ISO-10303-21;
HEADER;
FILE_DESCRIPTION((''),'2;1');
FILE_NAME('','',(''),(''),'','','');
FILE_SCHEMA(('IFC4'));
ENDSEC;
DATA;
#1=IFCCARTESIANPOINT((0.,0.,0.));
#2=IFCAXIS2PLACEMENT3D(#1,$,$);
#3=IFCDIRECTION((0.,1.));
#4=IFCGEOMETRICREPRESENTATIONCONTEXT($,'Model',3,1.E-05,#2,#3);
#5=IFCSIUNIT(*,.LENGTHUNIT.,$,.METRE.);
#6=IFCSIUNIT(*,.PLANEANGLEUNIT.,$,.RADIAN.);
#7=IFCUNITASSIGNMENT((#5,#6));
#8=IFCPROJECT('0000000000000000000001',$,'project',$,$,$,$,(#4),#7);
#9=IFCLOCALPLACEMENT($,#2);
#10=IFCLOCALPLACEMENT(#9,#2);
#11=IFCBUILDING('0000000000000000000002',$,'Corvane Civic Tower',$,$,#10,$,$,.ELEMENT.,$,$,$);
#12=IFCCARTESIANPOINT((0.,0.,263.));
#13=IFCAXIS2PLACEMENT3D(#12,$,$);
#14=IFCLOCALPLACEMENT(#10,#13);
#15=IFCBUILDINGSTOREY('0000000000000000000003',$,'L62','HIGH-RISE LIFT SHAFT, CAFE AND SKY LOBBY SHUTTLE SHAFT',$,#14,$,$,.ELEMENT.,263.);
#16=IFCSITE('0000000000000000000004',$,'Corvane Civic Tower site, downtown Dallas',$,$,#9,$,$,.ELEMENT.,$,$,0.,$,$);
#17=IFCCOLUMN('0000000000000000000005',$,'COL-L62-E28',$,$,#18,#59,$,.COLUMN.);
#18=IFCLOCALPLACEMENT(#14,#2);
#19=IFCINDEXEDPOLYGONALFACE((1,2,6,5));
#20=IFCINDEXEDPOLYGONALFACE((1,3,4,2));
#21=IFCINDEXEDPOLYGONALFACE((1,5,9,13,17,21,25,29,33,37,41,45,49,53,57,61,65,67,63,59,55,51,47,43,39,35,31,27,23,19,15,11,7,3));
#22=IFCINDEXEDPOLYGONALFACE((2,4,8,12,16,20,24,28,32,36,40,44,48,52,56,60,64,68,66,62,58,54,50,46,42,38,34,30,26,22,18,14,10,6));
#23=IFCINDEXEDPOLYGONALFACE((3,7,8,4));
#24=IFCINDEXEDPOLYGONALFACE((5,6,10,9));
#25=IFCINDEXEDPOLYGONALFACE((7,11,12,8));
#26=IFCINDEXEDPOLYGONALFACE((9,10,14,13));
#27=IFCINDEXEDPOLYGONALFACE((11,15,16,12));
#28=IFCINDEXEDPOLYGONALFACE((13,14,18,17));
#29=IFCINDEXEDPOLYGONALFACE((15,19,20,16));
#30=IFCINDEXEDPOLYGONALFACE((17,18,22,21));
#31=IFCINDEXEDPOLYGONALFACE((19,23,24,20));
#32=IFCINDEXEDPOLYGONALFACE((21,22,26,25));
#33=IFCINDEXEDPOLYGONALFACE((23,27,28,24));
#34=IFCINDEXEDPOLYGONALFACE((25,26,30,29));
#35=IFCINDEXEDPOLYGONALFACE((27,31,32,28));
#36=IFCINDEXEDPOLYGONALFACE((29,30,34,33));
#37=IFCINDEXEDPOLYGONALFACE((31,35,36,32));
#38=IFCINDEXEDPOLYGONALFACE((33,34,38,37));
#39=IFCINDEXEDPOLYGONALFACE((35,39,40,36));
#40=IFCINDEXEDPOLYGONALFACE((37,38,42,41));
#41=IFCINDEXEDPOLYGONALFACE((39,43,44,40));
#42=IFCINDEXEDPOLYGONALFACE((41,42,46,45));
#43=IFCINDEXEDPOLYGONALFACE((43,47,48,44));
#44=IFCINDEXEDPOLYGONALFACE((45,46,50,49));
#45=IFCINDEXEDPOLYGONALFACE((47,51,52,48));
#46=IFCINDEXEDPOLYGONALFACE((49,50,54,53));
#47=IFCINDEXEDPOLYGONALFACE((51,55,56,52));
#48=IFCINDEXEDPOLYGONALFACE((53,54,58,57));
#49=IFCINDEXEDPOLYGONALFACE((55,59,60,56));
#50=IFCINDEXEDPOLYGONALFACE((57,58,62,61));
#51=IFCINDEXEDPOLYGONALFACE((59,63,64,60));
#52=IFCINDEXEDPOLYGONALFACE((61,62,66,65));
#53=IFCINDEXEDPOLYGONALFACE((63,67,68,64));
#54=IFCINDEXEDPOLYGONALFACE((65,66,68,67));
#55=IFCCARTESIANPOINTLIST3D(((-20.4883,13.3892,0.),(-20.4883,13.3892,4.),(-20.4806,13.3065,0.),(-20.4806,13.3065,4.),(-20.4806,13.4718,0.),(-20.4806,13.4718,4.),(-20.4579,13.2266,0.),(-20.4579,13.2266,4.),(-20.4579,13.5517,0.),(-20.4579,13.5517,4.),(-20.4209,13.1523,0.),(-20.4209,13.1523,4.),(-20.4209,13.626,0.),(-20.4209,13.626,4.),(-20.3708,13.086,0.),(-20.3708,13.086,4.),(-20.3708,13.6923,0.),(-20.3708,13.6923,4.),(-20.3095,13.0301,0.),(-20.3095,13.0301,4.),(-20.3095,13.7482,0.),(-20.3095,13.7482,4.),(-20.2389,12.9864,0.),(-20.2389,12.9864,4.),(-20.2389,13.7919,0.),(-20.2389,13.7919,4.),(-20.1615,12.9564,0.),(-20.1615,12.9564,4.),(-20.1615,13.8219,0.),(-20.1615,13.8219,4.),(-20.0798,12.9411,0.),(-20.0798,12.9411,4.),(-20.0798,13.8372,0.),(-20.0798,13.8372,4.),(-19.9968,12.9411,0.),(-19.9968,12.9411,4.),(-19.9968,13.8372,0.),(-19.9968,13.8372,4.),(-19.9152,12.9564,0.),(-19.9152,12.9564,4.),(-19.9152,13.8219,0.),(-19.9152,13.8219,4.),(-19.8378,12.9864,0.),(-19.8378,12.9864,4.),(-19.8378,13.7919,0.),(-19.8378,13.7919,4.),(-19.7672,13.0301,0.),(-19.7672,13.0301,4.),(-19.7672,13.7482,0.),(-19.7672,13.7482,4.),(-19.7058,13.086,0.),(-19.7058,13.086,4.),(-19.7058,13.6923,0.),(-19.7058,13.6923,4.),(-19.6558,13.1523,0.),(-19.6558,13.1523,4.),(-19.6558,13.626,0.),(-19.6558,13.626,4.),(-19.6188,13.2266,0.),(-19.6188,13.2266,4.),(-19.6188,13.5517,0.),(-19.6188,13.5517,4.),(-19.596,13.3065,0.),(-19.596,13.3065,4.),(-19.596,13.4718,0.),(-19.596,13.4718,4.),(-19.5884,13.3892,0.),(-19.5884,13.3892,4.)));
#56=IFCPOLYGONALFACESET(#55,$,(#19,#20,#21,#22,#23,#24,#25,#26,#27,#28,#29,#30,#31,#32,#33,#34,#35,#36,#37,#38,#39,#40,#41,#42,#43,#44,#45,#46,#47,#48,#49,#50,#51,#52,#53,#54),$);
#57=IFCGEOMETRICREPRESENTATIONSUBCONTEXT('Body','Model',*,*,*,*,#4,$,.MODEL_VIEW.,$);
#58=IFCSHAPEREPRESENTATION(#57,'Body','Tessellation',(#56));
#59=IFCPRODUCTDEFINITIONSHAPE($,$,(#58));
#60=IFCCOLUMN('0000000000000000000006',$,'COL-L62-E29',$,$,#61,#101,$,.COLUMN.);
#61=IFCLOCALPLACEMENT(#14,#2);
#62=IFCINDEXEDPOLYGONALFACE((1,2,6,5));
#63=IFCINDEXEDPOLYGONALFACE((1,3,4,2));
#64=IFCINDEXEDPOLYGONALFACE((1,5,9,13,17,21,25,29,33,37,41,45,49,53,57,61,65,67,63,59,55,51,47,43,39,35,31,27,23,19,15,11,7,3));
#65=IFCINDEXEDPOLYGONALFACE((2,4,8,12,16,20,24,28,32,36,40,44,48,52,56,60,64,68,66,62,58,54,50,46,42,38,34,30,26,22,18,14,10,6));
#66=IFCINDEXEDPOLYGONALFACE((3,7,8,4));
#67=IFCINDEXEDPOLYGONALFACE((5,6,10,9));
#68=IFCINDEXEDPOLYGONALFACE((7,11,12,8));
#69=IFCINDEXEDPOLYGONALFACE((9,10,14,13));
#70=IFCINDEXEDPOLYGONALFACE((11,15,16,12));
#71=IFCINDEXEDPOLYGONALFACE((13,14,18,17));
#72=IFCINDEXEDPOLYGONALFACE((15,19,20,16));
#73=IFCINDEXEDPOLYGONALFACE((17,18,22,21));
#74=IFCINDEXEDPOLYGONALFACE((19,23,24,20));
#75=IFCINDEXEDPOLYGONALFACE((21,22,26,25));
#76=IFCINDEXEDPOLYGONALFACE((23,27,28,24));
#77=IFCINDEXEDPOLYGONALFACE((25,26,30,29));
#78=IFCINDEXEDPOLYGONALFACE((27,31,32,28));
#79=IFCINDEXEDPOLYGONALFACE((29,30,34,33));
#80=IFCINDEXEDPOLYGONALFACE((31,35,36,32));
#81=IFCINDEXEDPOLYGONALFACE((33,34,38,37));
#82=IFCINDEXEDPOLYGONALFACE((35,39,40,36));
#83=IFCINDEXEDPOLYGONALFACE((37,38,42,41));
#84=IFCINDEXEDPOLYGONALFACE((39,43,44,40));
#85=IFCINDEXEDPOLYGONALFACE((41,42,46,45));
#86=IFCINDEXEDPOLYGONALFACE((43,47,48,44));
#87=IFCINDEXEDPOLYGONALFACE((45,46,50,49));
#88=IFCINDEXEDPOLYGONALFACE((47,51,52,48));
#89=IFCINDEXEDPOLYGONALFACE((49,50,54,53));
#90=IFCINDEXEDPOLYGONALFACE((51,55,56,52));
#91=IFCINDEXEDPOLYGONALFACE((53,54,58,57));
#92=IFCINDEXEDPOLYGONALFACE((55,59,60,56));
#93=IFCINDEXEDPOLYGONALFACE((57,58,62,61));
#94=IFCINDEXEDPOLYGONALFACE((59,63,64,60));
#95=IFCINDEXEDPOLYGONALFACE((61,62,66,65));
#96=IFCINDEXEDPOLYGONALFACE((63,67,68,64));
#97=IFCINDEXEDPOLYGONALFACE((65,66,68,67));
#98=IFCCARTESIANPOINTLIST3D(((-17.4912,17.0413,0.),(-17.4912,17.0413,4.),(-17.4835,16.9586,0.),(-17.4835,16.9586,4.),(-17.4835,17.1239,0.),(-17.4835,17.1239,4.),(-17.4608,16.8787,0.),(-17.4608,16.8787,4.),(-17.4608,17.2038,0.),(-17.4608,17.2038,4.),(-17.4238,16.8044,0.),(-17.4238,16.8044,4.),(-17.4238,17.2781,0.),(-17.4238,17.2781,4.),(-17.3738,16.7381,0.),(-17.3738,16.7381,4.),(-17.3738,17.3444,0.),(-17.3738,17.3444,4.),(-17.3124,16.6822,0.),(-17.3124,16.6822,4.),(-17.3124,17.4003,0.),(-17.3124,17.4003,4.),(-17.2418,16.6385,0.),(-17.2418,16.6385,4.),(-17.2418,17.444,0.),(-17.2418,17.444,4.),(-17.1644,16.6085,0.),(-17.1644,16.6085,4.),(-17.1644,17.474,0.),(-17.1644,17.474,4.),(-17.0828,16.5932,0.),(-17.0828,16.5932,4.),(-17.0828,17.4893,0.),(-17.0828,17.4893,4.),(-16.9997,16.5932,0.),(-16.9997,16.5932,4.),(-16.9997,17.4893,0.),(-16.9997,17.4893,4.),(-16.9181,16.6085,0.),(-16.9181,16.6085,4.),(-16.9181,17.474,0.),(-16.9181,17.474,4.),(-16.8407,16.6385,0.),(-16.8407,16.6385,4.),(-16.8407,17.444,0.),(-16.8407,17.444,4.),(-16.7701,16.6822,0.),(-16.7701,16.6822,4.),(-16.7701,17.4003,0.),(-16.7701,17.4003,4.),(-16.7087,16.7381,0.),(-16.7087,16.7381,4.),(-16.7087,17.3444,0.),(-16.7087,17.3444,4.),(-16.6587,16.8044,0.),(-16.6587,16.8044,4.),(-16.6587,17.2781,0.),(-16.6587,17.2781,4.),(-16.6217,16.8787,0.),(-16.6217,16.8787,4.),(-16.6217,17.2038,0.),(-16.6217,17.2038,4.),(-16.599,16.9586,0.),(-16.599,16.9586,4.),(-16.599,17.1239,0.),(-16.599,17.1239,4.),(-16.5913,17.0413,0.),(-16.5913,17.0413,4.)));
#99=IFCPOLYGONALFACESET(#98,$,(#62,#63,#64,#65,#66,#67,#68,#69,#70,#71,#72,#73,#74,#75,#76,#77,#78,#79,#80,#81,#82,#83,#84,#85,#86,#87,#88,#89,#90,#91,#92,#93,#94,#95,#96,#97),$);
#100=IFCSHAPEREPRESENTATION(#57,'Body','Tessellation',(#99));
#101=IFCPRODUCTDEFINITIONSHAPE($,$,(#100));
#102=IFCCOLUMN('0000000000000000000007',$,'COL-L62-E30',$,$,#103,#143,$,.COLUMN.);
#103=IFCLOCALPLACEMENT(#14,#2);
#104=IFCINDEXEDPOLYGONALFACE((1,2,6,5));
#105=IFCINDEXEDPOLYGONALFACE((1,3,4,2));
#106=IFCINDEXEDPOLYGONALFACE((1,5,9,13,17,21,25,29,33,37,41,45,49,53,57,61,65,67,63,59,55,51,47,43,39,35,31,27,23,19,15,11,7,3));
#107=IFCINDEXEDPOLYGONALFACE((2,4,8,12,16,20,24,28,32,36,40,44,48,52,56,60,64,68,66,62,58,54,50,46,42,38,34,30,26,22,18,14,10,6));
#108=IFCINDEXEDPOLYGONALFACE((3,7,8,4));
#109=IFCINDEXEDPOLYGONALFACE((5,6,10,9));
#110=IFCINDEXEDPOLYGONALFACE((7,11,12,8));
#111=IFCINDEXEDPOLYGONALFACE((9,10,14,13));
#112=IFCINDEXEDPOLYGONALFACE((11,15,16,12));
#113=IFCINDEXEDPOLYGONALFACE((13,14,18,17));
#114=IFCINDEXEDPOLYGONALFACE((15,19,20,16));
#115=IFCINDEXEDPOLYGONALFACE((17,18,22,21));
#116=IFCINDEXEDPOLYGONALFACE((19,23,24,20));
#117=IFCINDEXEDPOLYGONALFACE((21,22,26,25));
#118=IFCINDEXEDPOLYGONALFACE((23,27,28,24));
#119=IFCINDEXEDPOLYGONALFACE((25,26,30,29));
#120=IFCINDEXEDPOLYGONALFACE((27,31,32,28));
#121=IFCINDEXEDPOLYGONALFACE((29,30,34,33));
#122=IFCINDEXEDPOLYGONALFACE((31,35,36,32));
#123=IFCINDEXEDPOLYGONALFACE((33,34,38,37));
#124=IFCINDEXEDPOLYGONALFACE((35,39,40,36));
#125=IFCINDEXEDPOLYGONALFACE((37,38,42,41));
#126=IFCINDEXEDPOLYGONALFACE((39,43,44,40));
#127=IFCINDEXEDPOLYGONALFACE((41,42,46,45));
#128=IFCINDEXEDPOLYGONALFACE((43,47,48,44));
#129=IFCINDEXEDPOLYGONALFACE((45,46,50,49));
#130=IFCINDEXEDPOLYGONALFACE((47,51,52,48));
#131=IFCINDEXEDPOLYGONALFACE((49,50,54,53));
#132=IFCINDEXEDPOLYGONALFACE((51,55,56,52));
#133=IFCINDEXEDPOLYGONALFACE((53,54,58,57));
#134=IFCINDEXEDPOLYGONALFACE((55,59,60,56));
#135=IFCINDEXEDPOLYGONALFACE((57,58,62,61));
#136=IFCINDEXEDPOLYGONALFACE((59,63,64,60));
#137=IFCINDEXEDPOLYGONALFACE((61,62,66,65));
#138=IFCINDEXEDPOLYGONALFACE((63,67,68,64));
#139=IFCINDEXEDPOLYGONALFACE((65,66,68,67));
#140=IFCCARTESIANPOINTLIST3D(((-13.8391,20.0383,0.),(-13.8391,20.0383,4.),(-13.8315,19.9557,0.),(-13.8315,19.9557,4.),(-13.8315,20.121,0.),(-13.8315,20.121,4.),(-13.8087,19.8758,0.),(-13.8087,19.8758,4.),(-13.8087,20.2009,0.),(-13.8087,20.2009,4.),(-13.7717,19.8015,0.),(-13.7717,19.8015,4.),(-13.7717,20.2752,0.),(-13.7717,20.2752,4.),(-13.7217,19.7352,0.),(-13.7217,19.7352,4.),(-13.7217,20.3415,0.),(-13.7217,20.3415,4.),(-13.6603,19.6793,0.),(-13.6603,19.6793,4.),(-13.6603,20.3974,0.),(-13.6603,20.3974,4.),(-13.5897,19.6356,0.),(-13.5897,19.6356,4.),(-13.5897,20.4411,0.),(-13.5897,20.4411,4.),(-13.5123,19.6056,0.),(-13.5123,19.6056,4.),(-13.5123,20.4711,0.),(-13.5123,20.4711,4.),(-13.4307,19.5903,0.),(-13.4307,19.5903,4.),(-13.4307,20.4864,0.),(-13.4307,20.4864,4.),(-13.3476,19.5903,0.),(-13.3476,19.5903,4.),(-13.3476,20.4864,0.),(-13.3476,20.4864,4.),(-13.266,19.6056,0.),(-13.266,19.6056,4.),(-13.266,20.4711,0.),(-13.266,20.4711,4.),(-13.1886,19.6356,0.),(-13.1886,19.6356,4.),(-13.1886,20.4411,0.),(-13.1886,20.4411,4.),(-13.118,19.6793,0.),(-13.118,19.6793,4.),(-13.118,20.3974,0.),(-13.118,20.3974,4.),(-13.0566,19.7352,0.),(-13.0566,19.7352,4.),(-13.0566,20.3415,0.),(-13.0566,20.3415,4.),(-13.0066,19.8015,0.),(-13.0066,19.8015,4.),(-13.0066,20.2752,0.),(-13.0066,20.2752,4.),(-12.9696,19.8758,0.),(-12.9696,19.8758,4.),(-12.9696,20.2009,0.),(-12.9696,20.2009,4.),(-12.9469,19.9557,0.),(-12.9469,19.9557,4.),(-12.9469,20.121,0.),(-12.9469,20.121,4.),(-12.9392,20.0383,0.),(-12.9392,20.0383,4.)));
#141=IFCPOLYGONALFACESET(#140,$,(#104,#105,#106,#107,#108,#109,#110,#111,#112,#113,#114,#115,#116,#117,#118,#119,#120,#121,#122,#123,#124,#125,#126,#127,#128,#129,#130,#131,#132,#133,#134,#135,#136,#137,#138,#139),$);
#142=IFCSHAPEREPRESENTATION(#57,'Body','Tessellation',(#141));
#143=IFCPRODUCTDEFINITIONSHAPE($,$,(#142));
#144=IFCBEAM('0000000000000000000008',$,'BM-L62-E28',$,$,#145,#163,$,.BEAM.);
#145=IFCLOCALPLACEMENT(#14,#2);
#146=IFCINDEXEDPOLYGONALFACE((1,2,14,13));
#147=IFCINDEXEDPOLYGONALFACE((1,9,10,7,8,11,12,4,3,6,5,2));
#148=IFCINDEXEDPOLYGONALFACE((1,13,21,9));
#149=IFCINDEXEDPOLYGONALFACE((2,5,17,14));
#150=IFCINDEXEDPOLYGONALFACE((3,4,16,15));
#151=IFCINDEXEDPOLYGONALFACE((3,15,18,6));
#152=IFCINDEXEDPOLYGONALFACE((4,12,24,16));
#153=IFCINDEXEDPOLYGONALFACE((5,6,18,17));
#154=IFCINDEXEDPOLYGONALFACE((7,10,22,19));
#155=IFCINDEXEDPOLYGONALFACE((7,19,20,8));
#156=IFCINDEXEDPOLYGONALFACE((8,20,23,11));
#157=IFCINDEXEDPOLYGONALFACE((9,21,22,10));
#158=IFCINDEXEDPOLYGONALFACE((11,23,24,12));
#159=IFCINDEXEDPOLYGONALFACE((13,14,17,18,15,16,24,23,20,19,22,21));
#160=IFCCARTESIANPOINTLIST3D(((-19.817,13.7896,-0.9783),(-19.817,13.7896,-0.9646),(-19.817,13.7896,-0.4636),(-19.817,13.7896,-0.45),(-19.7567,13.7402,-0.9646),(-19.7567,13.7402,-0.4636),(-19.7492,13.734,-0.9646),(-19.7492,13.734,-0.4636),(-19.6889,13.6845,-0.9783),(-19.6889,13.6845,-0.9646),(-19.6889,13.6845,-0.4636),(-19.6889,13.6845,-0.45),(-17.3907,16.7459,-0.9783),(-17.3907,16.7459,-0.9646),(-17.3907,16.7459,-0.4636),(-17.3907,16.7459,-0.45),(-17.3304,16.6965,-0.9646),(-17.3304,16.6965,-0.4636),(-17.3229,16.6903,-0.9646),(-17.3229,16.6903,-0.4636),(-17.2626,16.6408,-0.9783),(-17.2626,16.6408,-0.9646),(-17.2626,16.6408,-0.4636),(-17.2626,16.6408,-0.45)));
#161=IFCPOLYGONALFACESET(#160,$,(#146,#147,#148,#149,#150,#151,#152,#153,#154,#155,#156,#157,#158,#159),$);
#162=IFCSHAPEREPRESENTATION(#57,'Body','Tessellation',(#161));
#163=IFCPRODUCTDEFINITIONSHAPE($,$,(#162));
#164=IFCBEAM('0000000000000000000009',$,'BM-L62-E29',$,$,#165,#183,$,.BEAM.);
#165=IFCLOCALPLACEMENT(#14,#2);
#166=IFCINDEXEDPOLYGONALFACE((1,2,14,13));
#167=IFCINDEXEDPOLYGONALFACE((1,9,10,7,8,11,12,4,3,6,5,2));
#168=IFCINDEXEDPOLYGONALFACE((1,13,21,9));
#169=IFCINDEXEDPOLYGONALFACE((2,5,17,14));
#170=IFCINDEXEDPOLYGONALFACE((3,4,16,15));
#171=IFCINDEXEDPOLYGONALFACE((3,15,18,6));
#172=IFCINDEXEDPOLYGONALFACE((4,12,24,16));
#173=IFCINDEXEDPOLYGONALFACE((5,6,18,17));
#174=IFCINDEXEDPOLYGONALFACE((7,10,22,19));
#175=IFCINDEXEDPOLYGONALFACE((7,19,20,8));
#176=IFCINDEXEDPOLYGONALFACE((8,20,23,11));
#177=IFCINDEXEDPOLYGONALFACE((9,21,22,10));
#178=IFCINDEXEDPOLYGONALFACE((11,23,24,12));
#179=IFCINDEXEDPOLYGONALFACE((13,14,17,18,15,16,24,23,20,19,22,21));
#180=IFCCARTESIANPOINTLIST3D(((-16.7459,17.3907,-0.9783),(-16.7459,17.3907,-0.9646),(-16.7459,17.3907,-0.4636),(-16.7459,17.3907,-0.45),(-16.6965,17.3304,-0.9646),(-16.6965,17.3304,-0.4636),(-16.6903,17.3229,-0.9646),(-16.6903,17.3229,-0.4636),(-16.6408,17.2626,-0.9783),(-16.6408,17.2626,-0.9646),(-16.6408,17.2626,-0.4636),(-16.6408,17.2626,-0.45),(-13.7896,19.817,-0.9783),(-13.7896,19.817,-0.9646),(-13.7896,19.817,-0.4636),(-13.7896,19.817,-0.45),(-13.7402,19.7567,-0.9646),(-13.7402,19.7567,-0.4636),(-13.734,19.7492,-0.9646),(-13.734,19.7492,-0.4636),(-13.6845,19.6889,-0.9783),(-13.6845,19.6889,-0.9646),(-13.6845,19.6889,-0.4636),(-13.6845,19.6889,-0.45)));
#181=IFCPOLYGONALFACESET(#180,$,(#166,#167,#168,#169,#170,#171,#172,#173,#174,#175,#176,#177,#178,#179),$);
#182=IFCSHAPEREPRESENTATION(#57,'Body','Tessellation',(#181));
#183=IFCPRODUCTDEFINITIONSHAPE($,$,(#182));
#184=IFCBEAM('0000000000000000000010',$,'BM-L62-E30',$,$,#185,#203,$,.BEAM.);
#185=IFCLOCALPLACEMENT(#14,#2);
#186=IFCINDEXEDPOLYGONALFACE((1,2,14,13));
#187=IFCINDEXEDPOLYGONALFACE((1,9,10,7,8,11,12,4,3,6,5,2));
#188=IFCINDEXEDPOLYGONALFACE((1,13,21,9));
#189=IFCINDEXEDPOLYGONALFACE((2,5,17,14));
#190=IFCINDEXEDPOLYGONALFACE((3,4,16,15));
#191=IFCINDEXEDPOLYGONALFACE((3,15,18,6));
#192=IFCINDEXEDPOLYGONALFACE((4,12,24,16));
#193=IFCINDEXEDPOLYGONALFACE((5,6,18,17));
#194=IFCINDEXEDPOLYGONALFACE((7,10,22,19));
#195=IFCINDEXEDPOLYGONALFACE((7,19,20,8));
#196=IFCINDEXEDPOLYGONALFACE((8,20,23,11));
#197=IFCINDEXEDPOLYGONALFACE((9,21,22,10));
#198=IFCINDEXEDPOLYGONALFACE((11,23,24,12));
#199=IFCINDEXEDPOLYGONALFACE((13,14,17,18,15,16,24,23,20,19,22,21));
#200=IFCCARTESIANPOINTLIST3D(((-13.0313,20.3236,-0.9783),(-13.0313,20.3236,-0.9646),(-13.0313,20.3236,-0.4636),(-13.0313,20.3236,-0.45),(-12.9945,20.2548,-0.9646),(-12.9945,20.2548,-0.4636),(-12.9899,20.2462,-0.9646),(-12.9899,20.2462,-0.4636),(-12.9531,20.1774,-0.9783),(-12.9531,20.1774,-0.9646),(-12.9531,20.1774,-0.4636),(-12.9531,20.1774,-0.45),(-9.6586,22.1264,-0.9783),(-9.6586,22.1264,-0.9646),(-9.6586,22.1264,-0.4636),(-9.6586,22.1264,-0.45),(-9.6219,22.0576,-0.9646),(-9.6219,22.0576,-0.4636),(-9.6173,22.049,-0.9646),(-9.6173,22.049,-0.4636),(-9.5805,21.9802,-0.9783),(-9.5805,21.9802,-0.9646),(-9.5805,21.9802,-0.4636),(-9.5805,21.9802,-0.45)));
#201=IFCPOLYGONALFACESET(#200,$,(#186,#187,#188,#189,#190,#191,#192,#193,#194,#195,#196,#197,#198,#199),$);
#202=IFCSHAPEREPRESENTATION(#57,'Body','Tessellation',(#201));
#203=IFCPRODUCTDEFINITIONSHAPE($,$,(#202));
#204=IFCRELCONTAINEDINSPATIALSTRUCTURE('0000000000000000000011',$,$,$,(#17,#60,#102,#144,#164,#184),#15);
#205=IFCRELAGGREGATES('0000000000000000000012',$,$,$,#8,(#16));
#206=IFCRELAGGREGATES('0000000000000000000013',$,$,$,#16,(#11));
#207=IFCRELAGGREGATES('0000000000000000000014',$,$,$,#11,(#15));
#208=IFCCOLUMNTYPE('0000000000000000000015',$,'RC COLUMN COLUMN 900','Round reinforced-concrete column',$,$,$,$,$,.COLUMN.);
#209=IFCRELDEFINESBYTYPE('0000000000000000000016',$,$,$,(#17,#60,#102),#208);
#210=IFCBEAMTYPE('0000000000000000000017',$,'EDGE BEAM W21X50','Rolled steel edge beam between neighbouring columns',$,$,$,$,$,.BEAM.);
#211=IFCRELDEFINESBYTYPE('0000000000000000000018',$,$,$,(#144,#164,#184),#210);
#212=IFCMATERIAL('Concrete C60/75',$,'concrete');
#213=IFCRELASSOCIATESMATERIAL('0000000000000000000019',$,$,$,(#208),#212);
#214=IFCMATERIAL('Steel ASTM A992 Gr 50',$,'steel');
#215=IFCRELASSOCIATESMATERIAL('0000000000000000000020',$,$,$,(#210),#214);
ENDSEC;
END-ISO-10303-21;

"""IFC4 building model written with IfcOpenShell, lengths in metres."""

from ifc_helpers import new_model, si_unit, direction, frame, origin, origin_2d, place, context, subcontext, project, spatial, circle, i_section, extrude, material, material_profile, profile_set, type_object, element, save


model = new_model("IFC4")

# Units and contexts
model_context = context("Model", 3, precision=1e-05, world=origin(), true_north=direction((0.0, 1.0)))
body_context = subcontext(model_context, "Body", "Model", "MODEL_VIEW")
ifc_project = project(units=[si_unit("LENGTHUNIT", "METRE"), si_unit("PLANEANGLEUNIT", "RADIAN")], contexts=[model_context])

# Site, building, storey
site_placement = place(None, origin())
site = spatial("IfcSite", under=ifc_project, at=site_placement, Name="Corvane Civic Tower site, downtown Dallas", CompositionType="ELEMENT", RefElevation=0.0)
building_placement = place(site_placement, origin())
building = spatial("IfcBuilding", under=site, at=building_placement, Name="Corvane Civic Tower", CompositionType="ELEMENT")
storey_placement = place(building_placement, frame((0.0, 0.0, 263.0)))
storey = spatial("IfcBuildingStorey", under=building, at=storey_placement, Name="L62", Description="HIGH-RISE LIFT SHAFT, CAFE AND SKY LOBBY SHUTTLE SHAFT", CompositionType="ELEMENT", Elevation=263.0)

# Columns
ifc_material_1 = material(Name="Concrete C60/75", Category="concrete")
ifc_material_profile_1 = material_profile(ifc_material_1, circle(Radius=0.45, at=origin_2d()), Name="COLUMN 900")
ifc_profile_set_1 = profile_set([ifc_material_profile_1], Name="Concrete C60/75")
column_type = type_object("IfcColumnType", Name="RC COLUMN COLUMN 900", Description="Round reinforced-concrete column", PredefinedType="COLUMN", material=ifc_profile_set_1)
for number, where, z_axis, x_axis, name in (
    (1, (-20.0383, 13.3892, 0.0), (0.0, 0.0, 1.0), (1.0, 0.0, 0.0), "COL-L62-E28"),
    (2, (-17.0413, 17.0413, 0.0), (0.0, 0.0, 1.0), (1.0, 0.0, 0.0), "COL-L62-E29"),
    (3, (-13.3892, 20.0383, 0.0), (0.0, 0.0, 1.0), (1.0, 0.0, 0.0), "COL-L62-E30"),
):
    element("IfcColumn", number, at=place(storey_placement, frame(where, z_axis=z_axis, x_axis=x_axis)), inside=storey, type_object=column_type, Name=name, PredefinedType="COLUMN", context=body_context, shape_type="SweptSolid", body=[
        extrude(circle(Radius=0.45, at=origin_2d()), origin(), (0.0, 0.0, 1.0), 4.0),
    ])

# Beams
ifc_material_2 = material(Name="Steel ASTM A992 Gr 50", Category="steel")
ifc_material_profile_2 = material_profile(ifc_material_2, i_section(OverallWidth=0.1658, OverallDepth=0.5283, WebThickness=0.0098, FlangeThickness=0.0137, at=origin_2d()), Name="W21X50")
ifc_profile_set_2 = profile_set([ifc_material_profile_2], Name="Steel ASTM A992 Gr 50")
beam_type_1 = type_object("IfcBeamType", Name="EDGE BEAM W21X50", Description="Rolled steel edge beam between neighbouring columns", PredefinedType="BEAM", material=ifc_profile_set_2)
for number, where, z_axis, x_axis, name in (
    (4, (-19.7529, 13.7371, -0.7141), (0.634409, 0.772998, 0.0), (-0.772998, 0.634409, 0.0), "BM-L62-E28"),
    (5, (-16.6934, 17.3267, -0.7141), (0.772998, 0.634409, 0.0), (-0.634409, 0.772998, 0.0), "BM-L62-E29"),
):
    element("IfcBeam", number, at=place(storey_placement, frame(where, z_axis=z_axis, x_axis=x_axis)), inside=storey, type_object=beam_type_1, Name=name, PredefinedType="BEAM", context=body_context, shape_type="SweptSolid", body=[
        extrude(i_section(OverallWidth=0.1658, OverallDepth=0.5283, WebThickness=0.0098, FlangeThickness=0.0137, at=origin_2d()), origin(), (0.0, 0.0, 1.0), 3.8245),
    ])
beam_1_placement = place(storey_placement, frame((-12.9922, 20.2505, -0.7141), z_axis=(0.881914, 0.47141, 0.0), x_axis=(-0.47141, 0.881914, 0.0)))
element("IfcBeam", 6, at=beam_1_placement, inside=storey, type_object=beam_type_1, Name="BM-L62-E30", PredefinedType="BEAM", context=body_context, shape_type="SweptSolid", body=[
    extrude(i_section(OverallWidth=0.1658, OverallDepth=0.5283, WebThickness=0.0098, FlangeThickness=0.0137, at=origin_2d()), origin(), (0.0, 0.0, 1.0), 3.8242),
])

save(model, "model.ifc")
